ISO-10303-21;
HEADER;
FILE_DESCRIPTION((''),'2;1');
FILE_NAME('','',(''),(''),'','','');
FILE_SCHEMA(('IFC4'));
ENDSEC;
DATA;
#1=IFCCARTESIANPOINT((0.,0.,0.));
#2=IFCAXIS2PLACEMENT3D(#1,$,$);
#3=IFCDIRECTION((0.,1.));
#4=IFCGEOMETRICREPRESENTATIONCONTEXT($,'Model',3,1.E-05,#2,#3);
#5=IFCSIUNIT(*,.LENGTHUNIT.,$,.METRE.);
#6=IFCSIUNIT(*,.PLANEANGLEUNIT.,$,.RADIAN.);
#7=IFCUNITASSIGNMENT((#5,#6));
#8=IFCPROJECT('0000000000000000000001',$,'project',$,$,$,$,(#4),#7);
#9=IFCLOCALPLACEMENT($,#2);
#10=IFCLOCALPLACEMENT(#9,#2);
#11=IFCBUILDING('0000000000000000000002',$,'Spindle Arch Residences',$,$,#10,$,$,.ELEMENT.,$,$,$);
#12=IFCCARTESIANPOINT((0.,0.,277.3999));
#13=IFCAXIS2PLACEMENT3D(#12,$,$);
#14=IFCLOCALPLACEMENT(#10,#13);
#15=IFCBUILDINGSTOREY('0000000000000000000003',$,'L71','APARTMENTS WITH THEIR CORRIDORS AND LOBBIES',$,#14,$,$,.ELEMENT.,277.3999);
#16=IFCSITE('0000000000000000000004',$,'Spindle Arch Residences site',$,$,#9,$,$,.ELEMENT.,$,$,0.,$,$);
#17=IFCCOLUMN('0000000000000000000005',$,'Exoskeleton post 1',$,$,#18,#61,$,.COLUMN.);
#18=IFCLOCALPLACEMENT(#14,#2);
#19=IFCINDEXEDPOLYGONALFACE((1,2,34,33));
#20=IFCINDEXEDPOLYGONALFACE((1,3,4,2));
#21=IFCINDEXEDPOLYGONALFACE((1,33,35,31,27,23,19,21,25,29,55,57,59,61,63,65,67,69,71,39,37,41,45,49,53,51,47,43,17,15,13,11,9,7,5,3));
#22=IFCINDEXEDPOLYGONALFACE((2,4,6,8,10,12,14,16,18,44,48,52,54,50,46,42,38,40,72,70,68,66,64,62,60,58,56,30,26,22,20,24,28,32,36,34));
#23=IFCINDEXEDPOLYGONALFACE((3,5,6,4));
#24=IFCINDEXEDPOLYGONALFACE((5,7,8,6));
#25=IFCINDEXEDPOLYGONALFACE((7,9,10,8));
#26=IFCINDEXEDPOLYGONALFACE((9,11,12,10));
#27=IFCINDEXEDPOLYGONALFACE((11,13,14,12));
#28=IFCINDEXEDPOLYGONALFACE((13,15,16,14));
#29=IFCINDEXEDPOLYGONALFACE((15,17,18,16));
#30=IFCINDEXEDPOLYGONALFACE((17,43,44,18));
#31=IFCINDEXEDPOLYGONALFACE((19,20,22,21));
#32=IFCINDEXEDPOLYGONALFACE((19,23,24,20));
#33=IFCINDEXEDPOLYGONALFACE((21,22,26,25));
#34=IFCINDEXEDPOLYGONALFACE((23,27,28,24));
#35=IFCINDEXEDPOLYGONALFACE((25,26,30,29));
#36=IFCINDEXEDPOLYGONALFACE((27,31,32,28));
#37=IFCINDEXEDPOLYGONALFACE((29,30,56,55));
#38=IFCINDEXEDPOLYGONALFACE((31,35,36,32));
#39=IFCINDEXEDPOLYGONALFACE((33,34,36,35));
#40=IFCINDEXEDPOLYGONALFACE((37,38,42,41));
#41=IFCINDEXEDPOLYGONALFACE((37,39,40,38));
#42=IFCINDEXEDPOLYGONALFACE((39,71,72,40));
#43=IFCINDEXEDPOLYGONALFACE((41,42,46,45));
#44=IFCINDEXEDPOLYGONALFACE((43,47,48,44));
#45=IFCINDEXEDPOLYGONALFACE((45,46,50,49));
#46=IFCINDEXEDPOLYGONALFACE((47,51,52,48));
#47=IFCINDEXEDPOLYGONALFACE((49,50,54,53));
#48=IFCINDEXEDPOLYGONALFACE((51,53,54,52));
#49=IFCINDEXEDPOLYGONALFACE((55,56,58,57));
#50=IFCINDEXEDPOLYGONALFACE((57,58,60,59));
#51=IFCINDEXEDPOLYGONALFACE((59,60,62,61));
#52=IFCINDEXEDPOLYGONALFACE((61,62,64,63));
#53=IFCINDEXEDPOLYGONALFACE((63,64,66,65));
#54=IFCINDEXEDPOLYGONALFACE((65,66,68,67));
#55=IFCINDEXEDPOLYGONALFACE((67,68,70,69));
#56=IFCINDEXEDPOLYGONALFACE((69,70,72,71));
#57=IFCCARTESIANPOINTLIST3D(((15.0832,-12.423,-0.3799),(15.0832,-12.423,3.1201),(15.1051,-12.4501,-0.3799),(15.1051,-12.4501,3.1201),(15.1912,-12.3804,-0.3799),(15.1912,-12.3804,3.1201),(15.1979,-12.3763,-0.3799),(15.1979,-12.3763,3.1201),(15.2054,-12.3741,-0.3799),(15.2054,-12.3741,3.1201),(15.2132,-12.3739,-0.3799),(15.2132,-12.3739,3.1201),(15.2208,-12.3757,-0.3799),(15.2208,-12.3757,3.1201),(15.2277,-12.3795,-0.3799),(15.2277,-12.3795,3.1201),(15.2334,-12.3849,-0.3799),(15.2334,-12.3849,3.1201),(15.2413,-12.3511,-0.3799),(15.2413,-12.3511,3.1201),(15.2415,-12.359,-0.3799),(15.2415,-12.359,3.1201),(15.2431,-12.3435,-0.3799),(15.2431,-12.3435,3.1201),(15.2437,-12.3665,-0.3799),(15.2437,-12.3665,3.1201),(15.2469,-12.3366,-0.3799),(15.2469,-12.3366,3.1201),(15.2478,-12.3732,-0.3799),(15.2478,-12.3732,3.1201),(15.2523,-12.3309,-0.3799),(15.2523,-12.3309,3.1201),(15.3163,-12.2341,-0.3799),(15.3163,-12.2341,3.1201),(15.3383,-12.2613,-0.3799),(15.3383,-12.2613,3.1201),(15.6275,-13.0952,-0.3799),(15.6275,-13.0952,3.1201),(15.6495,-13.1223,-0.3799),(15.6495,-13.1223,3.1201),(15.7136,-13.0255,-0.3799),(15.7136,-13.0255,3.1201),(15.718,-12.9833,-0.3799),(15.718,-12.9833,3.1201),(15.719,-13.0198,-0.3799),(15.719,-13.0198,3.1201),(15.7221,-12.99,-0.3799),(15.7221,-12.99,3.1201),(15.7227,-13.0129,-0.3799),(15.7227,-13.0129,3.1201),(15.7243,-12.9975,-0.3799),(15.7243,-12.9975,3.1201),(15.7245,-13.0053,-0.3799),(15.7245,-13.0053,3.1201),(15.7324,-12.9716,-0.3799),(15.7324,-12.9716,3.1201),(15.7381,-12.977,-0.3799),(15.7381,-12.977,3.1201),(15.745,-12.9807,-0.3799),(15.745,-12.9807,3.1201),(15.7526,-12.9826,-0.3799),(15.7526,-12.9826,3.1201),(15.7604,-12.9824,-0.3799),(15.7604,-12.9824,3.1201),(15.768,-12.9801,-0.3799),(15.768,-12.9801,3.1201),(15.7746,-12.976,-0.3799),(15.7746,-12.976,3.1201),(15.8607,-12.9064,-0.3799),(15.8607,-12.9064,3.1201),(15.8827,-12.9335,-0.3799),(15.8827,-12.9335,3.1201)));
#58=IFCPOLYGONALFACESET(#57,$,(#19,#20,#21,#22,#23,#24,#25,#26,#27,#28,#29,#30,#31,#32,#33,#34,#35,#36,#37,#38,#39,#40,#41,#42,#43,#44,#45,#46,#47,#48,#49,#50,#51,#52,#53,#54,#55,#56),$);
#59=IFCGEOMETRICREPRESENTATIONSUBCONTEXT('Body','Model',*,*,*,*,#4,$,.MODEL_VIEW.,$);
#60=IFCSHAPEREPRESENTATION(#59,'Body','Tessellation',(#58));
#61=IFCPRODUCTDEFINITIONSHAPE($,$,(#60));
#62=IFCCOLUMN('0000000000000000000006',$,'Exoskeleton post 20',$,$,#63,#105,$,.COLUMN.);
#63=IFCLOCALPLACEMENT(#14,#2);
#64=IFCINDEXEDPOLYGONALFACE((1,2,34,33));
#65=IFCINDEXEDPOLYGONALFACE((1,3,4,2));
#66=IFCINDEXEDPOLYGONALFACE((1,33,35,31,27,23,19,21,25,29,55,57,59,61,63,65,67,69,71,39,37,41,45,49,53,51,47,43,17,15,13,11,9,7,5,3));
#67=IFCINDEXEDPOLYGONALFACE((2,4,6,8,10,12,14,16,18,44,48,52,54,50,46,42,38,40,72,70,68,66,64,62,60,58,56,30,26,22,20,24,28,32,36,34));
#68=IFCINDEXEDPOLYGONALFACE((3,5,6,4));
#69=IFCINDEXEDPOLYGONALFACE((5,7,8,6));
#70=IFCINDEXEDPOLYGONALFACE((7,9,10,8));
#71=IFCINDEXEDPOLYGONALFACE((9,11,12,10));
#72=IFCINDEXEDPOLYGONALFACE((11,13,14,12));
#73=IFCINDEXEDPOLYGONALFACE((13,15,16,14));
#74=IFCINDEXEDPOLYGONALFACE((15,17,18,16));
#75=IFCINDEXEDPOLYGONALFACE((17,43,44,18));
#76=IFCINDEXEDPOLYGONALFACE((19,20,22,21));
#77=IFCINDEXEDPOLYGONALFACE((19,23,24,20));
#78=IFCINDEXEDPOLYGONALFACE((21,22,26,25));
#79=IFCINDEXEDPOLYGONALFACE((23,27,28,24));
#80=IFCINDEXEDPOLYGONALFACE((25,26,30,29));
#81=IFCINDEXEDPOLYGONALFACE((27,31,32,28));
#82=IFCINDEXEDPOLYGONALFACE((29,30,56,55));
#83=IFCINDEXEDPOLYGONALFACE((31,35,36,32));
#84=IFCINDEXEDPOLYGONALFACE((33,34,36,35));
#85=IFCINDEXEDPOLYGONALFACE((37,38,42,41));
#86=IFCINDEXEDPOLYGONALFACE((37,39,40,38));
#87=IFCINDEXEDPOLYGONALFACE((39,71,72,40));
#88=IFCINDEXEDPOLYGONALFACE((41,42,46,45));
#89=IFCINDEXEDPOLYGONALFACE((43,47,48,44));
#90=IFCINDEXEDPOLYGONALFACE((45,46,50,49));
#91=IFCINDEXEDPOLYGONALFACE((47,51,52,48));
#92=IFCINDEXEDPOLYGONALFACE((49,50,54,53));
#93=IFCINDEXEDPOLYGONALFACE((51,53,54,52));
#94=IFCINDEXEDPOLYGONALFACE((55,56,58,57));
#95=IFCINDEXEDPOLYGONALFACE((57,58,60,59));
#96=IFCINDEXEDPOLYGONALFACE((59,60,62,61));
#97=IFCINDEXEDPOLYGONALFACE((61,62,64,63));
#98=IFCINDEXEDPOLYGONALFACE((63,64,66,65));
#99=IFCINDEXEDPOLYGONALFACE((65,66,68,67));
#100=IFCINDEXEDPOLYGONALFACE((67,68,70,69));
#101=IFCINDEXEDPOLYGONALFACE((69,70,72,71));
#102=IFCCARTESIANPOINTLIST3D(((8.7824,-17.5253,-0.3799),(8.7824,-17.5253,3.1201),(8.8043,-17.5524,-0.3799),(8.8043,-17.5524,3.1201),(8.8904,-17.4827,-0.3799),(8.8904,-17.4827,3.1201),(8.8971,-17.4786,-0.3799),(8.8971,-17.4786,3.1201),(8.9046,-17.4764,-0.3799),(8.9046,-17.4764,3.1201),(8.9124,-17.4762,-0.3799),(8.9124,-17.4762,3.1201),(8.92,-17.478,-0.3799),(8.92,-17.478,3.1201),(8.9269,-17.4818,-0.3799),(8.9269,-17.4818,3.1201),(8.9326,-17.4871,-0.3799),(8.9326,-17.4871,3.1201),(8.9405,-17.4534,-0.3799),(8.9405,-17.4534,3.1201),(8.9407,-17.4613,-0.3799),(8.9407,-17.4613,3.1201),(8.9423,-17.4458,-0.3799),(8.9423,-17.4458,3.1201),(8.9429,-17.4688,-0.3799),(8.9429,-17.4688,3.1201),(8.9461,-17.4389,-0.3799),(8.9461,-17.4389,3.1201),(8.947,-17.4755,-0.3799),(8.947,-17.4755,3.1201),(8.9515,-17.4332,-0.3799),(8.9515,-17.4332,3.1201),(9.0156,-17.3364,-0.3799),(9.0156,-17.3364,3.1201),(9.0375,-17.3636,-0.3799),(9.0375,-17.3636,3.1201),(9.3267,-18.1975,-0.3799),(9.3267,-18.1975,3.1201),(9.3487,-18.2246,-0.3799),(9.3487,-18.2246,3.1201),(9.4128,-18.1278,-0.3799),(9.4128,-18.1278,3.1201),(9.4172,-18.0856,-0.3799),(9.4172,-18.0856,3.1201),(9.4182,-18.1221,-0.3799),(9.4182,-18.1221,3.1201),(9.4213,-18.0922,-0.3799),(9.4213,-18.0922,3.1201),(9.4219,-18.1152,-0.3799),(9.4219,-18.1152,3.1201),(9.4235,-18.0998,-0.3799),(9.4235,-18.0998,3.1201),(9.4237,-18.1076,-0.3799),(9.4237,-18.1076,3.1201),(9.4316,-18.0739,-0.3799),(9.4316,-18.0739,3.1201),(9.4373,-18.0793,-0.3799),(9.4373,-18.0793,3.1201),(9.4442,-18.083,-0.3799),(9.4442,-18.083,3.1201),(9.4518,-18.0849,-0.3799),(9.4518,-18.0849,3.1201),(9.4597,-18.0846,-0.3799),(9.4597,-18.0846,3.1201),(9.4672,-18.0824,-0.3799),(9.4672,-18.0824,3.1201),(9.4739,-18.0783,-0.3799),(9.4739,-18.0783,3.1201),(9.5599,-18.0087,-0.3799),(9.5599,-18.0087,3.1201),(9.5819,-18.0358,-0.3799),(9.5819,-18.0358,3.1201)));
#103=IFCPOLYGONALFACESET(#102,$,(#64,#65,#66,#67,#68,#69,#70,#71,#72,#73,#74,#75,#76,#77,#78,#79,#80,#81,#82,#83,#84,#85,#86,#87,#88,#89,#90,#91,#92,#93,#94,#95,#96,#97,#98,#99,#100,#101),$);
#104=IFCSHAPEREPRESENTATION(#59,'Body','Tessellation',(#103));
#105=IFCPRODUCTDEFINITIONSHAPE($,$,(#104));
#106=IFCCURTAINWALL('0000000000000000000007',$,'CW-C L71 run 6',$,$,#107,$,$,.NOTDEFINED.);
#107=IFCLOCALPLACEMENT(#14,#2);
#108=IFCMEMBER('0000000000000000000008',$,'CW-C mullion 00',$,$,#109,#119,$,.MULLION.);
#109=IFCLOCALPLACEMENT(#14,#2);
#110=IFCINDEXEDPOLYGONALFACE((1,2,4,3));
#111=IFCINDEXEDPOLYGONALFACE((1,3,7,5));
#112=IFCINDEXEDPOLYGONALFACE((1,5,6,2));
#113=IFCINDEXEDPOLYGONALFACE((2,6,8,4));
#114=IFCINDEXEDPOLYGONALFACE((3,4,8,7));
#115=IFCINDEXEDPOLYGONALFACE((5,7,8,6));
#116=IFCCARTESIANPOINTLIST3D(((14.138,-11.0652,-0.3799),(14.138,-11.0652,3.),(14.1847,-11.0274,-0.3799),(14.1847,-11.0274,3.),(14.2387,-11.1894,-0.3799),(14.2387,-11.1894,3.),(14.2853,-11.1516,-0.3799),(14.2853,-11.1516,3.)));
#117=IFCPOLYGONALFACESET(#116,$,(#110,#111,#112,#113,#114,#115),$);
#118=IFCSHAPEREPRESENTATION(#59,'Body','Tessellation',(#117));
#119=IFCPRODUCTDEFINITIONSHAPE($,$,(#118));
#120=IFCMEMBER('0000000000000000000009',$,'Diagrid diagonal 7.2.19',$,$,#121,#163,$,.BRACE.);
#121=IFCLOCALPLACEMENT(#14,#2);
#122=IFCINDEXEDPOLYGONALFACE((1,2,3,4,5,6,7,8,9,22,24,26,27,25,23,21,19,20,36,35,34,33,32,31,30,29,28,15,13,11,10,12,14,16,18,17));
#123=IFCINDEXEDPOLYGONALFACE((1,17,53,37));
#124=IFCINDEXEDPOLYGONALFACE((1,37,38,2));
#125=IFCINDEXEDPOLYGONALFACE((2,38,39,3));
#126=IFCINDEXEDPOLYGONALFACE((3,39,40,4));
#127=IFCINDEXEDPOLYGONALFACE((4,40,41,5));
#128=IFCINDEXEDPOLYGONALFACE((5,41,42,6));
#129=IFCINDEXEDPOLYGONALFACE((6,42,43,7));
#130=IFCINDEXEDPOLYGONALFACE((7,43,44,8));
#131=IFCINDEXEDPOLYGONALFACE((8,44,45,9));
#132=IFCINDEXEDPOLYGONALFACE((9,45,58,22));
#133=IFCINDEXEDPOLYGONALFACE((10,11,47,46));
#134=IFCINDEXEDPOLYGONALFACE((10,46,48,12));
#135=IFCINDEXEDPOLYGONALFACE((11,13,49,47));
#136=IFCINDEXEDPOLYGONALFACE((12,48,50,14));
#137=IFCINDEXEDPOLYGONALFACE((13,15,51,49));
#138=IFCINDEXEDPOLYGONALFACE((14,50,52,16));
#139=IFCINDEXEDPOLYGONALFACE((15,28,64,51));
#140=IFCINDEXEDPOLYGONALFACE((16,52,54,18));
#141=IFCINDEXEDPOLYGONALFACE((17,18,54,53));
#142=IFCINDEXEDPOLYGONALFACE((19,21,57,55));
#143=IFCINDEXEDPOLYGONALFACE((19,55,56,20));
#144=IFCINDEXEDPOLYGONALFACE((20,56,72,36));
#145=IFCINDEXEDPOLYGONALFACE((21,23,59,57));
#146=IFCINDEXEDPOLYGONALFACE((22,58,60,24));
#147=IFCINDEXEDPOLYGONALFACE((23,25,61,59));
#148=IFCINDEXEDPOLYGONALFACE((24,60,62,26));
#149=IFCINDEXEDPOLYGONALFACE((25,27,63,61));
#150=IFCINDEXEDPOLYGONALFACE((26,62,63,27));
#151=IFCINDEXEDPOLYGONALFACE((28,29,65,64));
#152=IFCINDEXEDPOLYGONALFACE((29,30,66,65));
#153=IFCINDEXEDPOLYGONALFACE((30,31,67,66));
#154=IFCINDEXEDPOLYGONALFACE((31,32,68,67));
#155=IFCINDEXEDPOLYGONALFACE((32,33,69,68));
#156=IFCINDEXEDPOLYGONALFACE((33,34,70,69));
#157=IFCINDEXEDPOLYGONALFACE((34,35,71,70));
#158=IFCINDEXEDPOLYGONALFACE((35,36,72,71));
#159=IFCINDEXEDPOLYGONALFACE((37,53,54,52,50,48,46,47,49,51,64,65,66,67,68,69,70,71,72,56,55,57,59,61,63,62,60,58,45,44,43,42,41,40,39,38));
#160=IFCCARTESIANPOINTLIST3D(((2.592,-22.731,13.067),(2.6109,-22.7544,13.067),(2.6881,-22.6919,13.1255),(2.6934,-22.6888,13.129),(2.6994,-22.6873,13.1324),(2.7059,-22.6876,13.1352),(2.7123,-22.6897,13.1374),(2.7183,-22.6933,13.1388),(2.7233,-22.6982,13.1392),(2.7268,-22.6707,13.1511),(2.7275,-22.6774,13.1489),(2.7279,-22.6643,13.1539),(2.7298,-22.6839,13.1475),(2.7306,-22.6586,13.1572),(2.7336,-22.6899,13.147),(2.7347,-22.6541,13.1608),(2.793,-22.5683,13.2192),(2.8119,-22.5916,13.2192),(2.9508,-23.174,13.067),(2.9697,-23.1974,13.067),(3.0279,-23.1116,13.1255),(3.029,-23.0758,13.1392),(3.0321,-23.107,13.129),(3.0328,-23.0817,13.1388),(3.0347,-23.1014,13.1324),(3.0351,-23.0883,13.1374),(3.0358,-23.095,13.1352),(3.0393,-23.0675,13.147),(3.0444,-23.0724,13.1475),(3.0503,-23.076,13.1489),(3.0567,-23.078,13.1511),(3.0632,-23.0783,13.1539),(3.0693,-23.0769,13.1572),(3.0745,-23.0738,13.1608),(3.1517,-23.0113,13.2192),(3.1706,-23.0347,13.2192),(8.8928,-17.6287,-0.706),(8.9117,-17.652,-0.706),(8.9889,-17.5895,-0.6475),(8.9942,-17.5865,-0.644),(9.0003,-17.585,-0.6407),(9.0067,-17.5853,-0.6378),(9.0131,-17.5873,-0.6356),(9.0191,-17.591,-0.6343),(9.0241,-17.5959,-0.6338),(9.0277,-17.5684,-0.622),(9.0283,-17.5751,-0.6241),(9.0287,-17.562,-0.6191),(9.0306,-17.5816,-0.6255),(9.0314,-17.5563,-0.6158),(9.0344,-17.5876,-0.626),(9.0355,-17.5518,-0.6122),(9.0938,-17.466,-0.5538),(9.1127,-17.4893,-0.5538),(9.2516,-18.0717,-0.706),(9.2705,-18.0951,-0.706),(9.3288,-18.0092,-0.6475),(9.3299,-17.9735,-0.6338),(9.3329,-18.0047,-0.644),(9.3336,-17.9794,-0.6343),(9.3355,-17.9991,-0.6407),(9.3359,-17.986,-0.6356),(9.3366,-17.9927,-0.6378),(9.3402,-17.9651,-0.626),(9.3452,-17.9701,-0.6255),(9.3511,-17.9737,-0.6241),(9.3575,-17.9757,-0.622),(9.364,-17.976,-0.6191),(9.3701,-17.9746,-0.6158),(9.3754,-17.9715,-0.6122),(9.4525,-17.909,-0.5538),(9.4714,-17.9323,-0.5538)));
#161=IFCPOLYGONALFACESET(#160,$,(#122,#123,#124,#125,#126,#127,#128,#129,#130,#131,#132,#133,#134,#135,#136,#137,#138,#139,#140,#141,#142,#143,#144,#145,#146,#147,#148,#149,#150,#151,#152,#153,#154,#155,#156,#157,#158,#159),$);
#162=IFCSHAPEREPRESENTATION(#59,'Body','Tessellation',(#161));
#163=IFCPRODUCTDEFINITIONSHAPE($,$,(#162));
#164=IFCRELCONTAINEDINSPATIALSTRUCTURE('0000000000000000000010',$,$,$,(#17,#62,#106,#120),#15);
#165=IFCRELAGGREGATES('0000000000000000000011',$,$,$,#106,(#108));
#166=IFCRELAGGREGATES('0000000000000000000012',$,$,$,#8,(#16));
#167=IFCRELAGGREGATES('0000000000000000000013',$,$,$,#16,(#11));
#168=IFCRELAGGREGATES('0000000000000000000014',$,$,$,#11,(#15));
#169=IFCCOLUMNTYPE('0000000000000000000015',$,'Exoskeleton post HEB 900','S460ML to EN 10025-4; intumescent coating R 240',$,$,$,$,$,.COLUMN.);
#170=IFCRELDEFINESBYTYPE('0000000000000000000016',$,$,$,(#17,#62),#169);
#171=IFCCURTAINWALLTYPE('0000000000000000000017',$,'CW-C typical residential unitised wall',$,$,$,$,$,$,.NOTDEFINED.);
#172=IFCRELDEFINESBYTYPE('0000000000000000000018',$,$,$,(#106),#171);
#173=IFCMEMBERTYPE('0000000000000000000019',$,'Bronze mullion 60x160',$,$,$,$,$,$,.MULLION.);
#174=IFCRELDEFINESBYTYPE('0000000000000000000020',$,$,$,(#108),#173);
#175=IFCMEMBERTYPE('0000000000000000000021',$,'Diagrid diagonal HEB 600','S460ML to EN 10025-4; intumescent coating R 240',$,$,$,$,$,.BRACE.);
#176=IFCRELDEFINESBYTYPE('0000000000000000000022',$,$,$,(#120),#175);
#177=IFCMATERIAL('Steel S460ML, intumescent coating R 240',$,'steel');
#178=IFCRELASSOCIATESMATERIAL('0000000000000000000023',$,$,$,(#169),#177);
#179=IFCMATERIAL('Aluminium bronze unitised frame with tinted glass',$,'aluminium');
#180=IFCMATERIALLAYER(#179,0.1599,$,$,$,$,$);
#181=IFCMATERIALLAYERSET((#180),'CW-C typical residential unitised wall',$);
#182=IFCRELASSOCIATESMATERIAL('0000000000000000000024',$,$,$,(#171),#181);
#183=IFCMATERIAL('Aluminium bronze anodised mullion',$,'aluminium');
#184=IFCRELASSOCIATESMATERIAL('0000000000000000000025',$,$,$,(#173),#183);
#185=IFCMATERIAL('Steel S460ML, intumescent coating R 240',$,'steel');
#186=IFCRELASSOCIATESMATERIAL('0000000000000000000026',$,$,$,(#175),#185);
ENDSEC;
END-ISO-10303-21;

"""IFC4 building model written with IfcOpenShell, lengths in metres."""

from ifc_helpers import new_model, si_unit, direction, frame, origin, origin_2d, place, context, subcontext, project, spatial, rectangle, i_section, extrude, material, layer, layer_set, material_profile, profile_set, type_object, element, aggregate, save


model = new_model("IFC4")

# Units and contexts
model_context = context("Model", 3, precision=1e-05, world=origin(), true_north=direction((0.0, 1.0)))
body_context = subcontext(model_context, "Body", "Model", "MODEL_VIEW")
ifc_project = project(units=[si_unit("LENGTHUNIT", "METRE"), si_unit("PLANEANGLEUNIT", "RADIAN")], contexts=[model_context])

# Site, building, storey
site_placement = place(None, origin())
site = spatial("IfcSite", under=ifc_project, at=site_placement, Name="Spindle Arch Residences site", CompositionType="ELEMENT", RefElevation=0.0)
building_placement = place(site_placement, origin())
building = spatial("IfcBuilding", under=site, at=building_placement, Name="Spindle Arch Residences", CompositionType="ELEMENT")
storey_placement = place(building_placement, frame((0.0, 0.0, 277.3999)))
storey = spatial("IfcBuildingStorey", under=building, at=storey_placement, Name="L71", Description="APARTMENTS WITH THEIR CORRIDORS AND LOBBIES", CompositionType="ELEMENT", Elevation=277.3999)

# Columns
ifc_material_1 = material(Name="Steel S460ML, intumescent coating R 240", Category="steel")
ifc_material_profile_1 = material_profile(ifc_material_1, i_section(OverallWidth=0.3, OverallDepth=0.8999, WebThickness=0.0186, FlangeThickness=0.0349, FilletRadius=0.03, at=origin_2d()), Name="HEB 900")
ifc_profile_set_1 = profile_set([ifc_material_profile_1], Name="Steel S460ML, intumescent coating R 240")
column_type = type_object("IfcColumnType", Name="Exoskeleton post HEB 900", Description="S460ML to EN 10025-4; intumescent coating R 240", PredefinedType="COLUMN", material=ifc_profile_set_1)
for number, where, z_axis, x_axis, name in (
    (1, (15.4829, -12.6782, -0.3799), (0.0, 0.0, 1.0), (-0.777146, -0.62932, 0.0), "Exoskeleton post 1"),
    (2, (9.1821, -17.7805, -0.3799), (0.0, 0.0, 1.0), (-0.777146, -0.62932, 0.0), "Exoskeleton post 20"),
):
    element("IfcColumn", number, at=place(storey_placement, frame(where, z_axis=z_axis, x_axis=x_axis)), inside=storey, type_object=column_type, Name=name, PredefinedType="COLUMN", context=body_context, shape_type="SweptSolid", body=[
        extrude(i_section(OverallWidth=0.3, OverallDepth=0.8999, WebThickness=0.0186, FlangeThickness=0.0349, FilletRadius=0.03, at=origin_2d()), origin(), (0.0, 0.0, 1.0), 3.5),
    ])

# Curtain wall, member
ifc_material_2 = material(Name="Aluminium bronze unitised frame with tinted glass", Category="aluminium")
ifc_layer_1 = layer(ifc_material_2, 0.1599)
ifc_layer_set_1 = layer_set([ifc_layer_1], Name="CW-C typical residential unitised wall")
curtain_wall_type = type_object("IfcCurtainWallType", Name="CW-C typical residential unitised wall", PredefinedType="NOTDEFINED", material=ifc_layer_set_1)
curtain_wall_placement = place(storey_placement, origin())
curtain_wall = element("IfcCurtainWall", 3, at=curtain_wall_placement, inside=storey, type_object=curtain_wall_type, Name="CW-C L71 run 6", PredefinedType="NOTDEFINED")
ifc_material_3 = material(Name="Aluminium bronze anodised mullion", Category="aluminium")
ifc_material_profile_2 = material_profile(ifc_material_3, rectangle(XDim=0.1599, YDim=0.0601, at=origin_2d()), Name="MU 60x160")
ifc_profile_set_2 = profile_set([ifc_material_profile_2], Name="Aluminium bronze anodised mullion")
member_type_1 = type_object("IfcMemberType", Name="Bronze mullion 60x160", PredefinedType="MULLION", material=ifc_profile_set_2)
member_placement = place(storey_placement, frame((14.2117, -11.1084, -0.3799), z_axis=(0.0, 0.0, 1.0), x_axis=(-0.62932, 0.777146, 0.0)))
member = element("IfcMember", 4, at=member_placement, type_object=member_type_1, Name="CW-C mullion 00", PredefinedType="MULLION", context=body_context, shape_type="SweptSolid", body=[
    extrude(rectangle(XDim=0.1599, YDim=0.0601, at=origin_2d()), origin(), (0.0, 0.0, 1.0), 3.3799),
])

# Member
ifc_material_4 = material(Name="Steel S460ML, intumescent coating R 240", Category="steel")
ifc_material_profile_3 = material_profile(ifc_material_4, i_section(OverallWidth=0.3, OverallDepth=0.6001, WebThickness=0.0154, FlangeThickness=0.03, FilletRadius=0.0271, at=origin_2d()), Name="HEB 600")
ifc_profile_set_3 = profile_set([ifc_material_profile_3], Name="Steel S460ML, intumescent coating R 240")
member_type_2 = type_object("IfcMemberType", Name="Diagrid diagonal HEB 600", Description="S460ML to EN 10025-4; intumescent coating R 240", PredefinedType="BRACE", material=ifc_profile_set_3)
for number, where, z_axis, x_axis, name in (
    (5, (9.1821, -17.7805, -0.6299), (-0.39424, -0.319251, 0.861774), (0.669723, 0.542333, 0.507293), "Diagrid diagonal 7.2.19"),
):
    element("IfcMember", number, at=place(storey_placement, frame(where, z_axis=z_axis, x_axis=x_axis)), inside=storey, type_object=member_type_2, Name=name, PredefinedType="BRACE", context=body_context, shape_type="SweptSolid", body=[
        extrude(i_section(OverallWidth=0.3, OverallDepth=0.6001, WebThickness=0.0154, FlangeThickness=0.03, FilletRadius=0.0271, at=origin_2d()), origin(), (0.0, 0.0, 1.0), 15.9822),
    ])

aggregate(curtain_wall, [member])

save(model, "model.ifc")
